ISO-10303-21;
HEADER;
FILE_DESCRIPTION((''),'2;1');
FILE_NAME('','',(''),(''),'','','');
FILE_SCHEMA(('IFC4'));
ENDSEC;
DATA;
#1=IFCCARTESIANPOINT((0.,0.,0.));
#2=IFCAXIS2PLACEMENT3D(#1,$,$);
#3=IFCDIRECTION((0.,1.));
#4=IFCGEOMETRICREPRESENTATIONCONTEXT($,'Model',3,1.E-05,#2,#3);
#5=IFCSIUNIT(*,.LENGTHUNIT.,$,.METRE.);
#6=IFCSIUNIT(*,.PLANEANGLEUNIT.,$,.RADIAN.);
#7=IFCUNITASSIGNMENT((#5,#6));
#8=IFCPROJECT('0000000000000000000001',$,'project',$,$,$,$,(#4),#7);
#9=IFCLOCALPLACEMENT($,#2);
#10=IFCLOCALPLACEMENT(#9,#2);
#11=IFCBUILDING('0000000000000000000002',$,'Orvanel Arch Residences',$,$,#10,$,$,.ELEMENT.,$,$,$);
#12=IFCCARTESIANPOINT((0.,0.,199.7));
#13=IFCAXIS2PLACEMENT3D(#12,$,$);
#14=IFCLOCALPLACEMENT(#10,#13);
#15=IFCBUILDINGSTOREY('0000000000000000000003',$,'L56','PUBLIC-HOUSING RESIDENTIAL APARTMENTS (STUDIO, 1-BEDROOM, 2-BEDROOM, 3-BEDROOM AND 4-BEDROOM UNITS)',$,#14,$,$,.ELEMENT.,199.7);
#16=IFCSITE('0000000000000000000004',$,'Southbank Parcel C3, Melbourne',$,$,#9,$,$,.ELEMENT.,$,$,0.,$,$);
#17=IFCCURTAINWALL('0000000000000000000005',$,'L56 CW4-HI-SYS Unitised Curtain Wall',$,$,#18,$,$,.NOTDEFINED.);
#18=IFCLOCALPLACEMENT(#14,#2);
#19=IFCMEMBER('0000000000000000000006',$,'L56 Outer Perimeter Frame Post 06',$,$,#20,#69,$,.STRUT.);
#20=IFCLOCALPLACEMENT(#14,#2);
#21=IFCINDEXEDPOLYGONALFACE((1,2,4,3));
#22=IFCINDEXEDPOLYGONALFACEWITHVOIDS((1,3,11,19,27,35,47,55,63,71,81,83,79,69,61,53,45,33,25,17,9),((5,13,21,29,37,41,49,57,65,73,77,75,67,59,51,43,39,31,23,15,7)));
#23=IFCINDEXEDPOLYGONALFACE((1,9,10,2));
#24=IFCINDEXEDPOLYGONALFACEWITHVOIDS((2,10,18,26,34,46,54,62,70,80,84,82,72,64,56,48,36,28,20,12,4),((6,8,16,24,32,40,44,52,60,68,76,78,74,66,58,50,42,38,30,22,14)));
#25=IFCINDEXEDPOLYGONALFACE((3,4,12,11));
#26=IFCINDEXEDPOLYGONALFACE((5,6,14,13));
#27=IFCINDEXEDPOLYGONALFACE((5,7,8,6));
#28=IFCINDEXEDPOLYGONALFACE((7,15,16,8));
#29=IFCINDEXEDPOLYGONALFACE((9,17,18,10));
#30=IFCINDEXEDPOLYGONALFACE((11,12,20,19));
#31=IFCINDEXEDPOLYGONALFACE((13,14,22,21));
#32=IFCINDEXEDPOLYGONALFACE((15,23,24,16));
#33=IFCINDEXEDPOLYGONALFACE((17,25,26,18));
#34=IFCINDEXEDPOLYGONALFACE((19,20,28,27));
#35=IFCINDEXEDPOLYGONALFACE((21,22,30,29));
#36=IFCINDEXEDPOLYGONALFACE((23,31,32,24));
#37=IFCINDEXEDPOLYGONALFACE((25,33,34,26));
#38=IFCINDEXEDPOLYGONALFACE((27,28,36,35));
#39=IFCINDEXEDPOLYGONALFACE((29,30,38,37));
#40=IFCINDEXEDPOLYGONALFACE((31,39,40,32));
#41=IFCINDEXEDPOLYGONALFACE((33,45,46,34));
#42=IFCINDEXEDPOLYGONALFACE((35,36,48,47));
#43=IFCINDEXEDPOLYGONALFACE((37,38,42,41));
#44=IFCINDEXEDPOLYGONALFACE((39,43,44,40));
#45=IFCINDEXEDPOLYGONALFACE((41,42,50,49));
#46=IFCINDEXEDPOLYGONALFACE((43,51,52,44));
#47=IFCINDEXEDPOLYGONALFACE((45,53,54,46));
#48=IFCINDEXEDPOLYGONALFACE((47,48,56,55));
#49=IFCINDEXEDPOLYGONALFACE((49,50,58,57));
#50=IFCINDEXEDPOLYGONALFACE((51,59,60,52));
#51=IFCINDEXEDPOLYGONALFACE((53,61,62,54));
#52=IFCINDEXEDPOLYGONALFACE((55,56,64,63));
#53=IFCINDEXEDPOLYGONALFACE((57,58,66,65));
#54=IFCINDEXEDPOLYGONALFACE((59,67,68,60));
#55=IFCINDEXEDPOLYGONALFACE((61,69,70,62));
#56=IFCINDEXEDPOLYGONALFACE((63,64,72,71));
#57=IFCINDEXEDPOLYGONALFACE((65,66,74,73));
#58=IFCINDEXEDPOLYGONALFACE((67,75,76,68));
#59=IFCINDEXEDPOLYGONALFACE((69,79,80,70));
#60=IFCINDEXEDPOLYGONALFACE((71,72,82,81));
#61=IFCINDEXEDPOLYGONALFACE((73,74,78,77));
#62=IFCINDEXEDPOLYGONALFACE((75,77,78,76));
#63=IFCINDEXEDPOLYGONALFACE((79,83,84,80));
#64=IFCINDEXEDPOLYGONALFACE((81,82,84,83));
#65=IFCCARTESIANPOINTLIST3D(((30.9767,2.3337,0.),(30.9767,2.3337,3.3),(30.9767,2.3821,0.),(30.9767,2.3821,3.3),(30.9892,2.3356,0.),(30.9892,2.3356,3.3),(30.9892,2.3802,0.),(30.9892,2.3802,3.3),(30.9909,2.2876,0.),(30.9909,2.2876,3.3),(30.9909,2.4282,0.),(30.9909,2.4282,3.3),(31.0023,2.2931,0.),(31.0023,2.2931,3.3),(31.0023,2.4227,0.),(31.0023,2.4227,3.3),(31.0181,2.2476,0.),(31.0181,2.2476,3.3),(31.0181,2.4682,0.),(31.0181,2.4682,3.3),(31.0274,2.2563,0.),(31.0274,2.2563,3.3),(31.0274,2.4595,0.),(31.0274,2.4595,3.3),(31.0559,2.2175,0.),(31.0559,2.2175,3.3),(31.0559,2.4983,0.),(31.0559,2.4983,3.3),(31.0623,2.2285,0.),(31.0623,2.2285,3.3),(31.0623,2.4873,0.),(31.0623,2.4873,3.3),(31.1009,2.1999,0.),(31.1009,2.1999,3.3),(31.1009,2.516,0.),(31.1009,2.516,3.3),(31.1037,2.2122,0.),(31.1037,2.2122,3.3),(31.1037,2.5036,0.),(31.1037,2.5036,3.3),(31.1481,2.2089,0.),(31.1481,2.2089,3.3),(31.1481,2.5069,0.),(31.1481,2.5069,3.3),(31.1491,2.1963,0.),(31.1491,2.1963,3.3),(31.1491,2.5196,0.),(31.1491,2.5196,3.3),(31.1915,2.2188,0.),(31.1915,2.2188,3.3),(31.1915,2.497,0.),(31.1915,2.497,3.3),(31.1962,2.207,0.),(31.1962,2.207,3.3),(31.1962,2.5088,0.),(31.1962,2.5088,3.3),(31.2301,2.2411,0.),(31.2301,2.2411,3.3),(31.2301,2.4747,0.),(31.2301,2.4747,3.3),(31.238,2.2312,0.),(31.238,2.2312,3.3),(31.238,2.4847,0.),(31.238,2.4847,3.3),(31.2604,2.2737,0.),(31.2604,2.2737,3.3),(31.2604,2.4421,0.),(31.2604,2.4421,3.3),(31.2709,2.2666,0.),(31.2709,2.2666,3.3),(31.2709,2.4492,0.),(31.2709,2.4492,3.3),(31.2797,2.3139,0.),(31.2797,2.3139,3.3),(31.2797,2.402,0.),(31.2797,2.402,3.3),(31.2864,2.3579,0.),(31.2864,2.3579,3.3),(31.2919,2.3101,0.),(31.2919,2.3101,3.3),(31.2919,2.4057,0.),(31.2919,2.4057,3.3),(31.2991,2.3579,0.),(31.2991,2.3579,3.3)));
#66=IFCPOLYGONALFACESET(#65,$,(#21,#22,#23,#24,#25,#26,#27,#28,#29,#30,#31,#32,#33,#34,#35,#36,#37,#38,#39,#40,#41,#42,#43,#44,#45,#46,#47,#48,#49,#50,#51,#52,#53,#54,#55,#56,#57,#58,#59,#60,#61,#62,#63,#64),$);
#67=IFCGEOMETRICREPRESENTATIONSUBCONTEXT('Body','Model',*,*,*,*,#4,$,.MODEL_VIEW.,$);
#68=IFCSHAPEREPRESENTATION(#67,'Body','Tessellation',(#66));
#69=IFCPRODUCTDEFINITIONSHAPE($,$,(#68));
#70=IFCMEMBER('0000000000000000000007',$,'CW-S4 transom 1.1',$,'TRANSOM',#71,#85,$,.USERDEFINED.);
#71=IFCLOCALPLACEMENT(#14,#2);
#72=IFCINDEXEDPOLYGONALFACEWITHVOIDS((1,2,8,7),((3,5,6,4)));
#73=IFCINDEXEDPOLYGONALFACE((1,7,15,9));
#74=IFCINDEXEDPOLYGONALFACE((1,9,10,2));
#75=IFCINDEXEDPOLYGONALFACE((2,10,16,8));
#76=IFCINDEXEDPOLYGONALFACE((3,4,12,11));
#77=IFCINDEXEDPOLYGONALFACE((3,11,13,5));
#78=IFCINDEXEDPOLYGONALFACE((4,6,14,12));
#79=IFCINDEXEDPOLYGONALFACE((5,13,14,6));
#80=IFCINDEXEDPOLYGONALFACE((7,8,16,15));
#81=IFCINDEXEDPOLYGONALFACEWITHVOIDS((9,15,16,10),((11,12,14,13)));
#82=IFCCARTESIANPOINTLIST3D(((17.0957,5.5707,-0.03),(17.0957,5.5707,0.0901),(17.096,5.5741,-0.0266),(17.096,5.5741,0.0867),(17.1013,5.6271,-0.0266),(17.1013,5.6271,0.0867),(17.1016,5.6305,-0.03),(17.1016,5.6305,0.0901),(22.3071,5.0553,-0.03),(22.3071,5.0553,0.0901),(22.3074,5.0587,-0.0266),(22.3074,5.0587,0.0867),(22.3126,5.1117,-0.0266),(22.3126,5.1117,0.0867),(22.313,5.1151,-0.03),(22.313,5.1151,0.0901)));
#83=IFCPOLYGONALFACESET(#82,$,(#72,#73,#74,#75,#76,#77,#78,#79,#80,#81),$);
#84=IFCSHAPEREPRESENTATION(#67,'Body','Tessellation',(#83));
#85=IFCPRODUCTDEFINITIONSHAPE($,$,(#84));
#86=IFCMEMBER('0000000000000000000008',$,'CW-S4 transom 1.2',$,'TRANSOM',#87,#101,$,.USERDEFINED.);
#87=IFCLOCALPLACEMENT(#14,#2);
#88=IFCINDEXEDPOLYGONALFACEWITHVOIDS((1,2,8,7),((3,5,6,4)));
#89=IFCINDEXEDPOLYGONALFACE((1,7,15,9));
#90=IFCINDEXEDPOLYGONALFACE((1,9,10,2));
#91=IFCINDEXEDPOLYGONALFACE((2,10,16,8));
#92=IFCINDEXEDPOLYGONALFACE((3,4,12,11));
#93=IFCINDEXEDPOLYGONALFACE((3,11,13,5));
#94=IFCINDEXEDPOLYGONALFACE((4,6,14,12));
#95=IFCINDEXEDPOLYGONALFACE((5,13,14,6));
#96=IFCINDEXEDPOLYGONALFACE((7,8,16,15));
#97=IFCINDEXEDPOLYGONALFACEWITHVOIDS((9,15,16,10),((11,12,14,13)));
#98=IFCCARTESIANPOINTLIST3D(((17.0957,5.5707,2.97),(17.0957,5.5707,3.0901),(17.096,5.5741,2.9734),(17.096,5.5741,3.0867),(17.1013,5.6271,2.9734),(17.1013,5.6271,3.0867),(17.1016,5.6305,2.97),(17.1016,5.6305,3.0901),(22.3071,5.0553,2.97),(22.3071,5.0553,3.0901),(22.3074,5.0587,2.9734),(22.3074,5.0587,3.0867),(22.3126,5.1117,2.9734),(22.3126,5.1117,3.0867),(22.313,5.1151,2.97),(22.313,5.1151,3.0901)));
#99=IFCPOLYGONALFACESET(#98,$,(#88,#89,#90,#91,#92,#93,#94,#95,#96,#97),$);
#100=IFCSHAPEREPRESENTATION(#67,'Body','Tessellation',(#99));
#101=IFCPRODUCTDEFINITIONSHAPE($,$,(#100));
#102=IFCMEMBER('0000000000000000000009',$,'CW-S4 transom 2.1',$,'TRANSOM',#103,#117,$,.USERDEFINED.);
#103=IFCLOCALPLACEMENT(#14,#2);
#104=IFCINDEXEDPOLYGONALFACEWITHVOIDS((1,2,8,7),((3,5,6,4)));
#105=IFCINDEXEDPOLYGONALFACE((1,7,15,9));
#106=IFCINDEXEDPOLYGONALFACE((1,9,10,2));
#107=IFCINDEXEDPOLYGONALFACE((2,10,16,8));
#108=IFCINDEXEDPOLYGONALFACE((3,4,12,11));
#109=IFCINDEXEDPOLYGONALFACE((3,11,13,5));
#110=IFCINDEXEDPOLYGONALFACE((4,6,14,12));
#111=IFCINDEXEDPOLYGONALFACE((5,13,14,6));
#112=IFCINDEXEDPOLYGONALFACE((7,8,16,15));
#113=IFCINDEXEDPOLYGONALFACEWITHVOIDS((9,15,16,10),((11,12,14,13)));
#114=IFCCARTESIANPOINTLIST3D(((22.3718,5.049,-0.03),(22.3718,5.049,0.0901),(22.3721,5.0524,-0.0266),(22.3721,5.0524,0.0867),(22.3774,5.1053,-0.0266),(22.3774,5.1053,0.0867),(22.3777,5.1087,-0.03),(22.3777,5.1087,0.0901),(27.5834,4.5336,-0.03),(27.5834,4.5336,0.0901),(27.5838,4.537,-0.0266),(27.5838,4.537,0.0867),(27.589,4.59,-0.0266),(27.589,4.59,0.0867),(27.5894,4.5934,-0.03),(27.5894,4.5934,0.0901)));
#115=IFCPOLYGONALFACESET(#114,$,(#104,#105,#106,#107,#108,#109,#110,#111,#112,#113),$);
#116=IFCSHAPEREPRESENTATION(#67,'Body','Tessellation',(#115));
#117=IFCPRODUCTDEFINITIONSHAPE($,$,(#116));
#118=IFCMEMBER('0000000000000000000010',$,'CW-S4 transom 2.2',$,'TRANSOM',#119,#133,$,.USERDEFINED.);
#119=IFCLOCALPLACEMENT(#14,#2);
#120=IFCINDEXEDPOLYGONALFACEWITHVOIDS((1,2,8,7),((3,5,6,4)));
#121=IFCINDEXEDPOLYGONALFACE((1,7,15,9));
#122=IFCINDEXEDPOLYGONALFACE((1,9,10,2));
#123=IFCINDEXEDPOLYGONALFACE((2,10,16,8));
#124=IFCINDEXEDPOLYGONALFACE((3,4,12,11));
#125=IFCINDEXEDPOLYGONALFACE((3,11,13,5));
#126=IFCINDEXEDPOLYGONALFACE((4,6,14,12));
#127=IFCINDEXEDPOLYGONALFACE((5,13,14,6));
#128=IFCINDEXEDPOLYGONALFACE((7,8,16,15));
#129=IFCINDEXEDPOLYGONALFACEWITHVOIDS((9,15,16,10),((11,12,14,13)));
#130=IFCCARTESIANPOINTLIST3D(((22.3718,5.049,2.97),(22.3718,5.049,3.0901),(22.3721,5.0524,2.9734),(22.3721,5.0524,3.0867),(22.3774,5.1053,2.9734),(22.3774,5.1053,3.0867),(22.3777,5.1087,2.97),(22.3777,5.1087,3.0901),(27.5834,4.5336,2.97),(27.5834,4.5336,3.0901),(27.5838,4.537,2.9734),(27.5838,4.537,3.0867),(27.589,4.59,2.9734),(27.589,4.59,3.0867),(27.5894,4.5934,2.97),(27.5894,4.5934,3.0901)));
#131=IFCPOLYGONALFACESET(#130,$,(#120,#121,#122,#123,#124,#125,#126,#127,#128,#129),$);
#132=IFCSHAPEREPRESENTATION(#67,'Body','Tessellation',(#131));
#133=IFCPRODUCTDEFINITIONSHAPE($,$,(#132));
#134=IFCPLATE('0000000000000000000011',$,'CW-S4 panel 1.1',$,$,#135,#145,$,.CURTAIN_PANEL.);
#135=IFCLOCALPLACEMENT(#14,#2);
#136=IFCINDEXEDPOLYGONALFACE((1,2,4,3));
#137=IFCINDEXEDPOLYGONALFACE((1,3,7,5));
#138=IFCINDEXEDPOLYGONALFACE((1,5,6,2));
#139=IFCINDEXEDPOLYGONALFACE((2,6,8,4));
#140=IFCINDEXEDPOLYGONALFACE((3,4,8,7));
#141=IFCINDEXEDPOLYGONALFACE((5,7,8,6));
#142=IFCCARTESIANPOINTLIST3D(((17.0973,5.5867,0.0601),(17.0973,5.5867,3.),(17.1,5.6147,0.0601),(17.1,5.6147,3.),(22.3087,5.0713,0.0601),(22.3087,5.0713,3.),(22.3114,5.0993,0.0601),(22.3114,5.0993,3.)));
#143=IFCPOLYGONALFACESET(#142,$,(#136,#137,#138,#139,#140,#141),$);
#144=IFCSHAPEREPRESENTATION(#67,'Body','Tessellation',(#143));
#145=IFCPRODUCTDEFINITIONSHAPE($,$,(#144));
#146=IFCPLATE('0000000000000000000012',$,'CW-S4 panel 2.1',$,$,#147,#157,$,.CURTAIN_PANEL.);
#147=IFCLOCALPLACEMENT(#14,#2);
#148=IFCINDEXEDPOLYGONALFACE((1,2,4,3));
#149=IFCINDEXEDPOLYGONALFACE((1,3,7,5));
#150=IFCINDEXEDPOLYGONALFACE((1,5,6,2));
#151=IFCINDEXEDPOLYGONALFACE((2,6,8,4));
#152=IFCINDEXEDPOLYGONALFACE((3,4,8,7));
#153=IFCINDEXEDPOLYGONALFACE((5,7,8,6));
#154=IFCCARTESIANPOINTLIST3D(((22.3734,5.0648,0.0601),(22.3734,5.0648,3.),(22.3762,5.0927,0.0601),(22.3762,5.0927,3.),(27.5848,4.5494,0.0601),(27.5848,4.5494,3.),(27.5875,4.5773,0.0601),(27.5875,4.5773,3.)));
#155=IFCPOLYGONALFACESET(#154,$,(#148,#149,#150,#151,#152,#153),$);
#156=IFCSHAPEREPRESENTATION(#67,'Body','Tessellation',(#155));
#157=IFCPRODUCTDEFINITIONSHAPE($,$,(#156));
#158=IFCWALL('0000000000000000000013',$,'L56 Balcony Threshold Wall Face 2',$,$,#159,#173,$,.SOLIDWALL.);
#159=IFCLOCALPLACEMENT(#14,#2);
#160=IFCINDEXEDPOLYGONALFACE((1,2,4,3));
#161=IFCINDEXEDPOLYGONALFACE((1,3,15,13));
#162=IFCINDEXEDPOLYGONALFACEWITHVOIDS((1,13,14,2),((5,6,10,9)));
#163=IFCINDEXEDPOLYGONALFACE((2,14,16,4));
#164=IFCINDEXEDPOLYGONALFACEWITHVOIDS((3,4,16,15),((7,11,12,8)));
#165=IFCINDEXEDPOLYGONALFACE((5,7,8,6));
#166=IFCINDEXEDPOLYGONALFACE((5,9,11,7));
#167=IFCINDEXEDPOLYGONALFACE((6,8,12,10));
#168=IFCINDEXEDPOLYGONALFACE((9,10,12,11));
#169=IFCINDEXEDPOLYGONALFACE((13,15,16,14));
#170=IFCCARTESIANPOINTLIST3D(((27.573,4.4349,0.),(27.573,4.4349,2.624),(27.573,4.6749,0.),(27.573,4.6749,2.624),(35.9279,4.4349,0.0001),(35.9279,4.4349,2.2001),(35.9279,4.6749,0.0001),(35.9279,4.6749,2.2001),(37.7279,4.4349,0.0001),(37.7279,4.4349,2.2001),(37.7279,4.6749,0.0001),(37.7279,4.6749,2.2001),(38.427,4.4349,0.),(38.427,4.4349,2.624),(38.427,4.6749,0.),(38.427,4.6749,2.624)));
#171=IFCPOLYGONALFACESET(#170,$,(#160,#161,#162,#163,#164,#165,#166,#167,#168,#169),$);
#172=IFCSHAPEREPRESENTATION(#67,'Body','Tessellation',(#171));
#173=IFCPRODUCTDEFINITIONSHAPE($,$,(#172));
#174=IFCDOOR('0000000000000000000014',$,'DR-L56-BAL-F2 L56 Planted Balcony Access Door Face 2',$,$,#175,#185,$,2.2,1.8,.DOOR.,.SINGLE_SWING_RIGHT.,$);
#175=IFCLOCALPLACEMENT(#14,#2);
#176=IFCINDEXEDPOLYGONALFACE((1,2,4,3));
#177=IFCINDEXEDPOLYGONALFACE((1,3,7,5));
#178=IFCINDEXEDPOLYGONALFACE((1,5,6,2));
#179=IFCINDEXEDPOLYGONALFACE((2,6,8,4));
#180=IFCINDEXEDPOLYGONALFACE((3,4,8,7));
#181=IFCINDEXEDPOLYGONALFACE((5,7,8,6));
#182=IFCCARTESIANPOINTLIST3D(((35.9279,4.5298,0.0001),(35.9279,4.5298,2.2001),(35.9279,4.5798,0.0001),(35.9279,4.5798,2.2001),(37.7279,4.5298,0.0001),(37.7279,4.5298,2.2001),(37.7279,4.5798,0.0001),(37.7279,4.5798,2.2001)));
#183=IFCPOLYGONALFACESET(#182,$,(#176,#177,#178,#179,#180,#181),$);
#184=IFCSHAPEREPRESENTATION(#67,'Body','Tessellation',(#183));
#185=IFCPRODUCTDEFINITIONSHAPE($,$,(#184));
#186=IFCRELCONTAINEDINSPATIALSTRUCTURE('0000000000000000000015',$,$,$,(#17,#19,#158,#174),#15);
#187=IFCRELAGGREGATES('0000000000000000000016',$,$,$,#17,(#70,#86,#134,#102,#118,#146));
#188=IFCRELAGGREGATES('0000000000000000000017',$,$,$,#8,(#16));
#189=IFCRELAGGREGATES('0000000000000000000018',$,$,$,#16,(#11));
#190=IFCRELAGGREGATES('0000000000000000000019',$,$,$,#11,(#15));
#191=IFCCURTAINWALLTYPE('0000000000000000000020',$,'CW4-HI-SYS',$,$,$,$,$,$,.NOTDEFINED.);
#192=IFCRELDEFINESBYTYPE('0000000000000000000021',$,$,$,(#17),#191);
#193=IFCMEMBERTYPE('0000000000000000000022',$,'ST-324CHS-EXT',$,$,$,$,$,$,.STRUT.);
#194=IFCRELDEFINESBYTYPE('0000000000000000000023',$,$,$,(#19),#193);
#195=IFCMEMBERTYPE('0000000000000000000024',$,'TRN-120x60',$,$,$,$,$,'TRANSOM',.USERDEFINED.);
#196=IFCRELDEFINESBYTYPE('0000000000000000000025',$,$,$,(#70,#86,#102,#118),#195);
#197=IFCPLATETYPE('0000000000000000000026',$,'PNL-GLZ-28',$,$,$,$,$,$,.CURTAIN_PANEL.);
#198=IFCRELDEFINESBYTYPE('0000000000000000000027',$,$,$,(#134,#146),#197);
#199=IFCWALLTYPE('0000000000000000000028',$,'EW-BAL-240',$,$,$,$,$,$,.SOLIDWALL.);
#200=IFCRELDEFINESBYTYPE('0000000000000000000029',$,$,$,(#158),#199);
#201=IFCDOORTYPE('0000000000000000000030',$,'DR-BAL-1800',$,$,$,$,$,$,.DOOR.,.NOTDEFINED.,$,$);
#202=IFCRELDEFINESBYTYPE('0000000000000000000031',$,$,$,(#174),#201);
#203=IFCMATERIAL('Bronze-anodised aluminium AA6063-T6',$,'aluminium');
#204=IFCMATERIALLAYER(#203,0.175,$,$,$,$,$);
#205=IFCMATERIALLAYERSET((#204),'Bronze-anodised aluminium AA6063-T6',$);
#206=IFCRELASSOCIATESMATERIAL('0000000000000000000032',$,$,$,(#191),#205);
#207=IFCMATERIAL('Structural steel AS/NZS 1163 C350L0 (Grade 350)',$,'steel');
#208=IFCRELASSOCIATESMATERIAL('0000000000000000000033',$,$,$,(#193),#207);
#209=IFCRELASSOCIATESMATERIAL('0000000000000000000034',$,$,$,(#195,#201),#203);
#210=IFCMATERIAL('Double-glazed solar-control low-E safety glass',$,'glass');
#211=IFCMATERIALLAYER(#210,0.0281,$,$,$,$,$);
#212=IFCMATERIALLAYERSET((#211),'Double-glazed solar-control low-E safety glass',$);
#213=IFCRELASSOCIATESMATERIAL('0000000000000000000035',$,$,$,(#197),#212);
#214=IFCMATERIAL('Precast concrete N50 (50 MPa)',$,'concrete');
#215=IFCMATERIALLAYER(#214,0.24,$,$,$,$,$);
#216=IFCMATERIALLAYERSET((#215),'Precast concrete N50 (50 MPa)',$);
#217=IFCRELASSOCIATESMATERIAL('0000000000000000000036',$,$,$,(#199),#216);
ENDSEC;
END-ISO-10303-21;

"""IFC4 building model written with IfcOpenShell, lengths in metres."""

from ifc_helpers import new_model, si_unit, direction, frame, frame_2d, origin, origin_2d, place, context, subcontext, project, spatial, rectangle, hollow_rectangle, hollow_circle, extrude, material, layer, layer_set, material_profile, profile_set, type_object, element, fill, aggregate, save


model = new_model("IFC4")

# Units and contexts
model_context = context("Model", 3, precision=1e-05, world=origin(), true_north=direction((0.0, 1.0)))
body_context = subcontext(model_context, "Body", "Model", "MODEL_VIEW")
ifc_project = project(units=[si_unit("LENGTHUNIT", "METRE"), si_unit("PLANEANGLEUNIT", "RADIAN")], contexts=[model_context])

# Site, building, storey
site_placement = place(None, origin())
site = spatial("IfcSite", under=ifc_project, at=site_placement, Name="Southbank Parcel C3, Melbourne", CompositionType="ELEMENT", RefElevation=0.0)
building_placement = place(site_placement, origin())
building = spatial("IfcBuilding", under=site, at=building_placement, Name="Orvanel Arch Residences", CompositionType="ELEMENT")
storey_placement = place(building_placement, frame((0.0, 0.0, 199.7)))
storey = spatial("IfcBuildingStorey", under=building, at=storey_placement, Name="L56", Description="PUBLIC-HOUSING RESIDENTIAL APARTMENTS (STUDIO, 1-BEDROOM, 2-BEDROOM, 3-BEDROOM AND 4-BEDROOM UNITS)", CompositionType="ELEMENT", Elevation=199.7)

# Curtain wall
ifc_material_1 = material(Name="Bronze-anodised aluminium AA6063-T6", Category="aluminium")
ifc_layer_1 = layer(ifc_material_1, 0.175)
ifc_layer_set_1 = layer_set([ifc_layer_1], Name="Bronze-anodised aluminium AA6063-T6")
curtain_wall_type = type_object("IfcCurtainWallType", Name="CW4-HI-SYS", PredefinedType="NOTDEFINED", material=ifc_layer_set_1)
curtain_wall_placement = place(storey_placement, origin())
curtain_wall = element("IfcCurtainWall", 1, at=curtain_wall_placement, inside=storey, type_object=curtain_wall_type, Name="L56 CW4-HI-SYS Unitised Curtain Wall", PredefinedType="NOTDEFINED")

# Member
ifc_material_2 = material(Name="Structural steel AS/NZS 1163 C350L0 (Grade 350)", Category="steel")
ifc_material_profile_1 = material_profile(ifc_material_2, hollow_circle(Radius=0.1621, WallThickness=0.0127, at=origin_2d()), Name="CHS324x12.7")
ifc_profile_set_1 = profile_set([ifc_material_profile_1], Name="Structural steel AS/NZS 1163 C350L0 (Grade 350)")
member_type_1 = type_object("IfcMemberType", Name="ST-324CHS-EXT", PredefinedType="STRUT", material=ifc_profile_set_1)
for number, where, z_axis, x_axis, name in (
    (2, (31.137, 2.3579, 0.0), (0.0, 0.0, 1.0), (1.0, 0.0, 0.0), "L56 Outer Perimeter Frame Post 06"),
):
    element("IfcMember", number, at=place(storey_placement, frame(where, z_axis=z_axis, x_axis=x_axis)), inside=storey, type_object=member_type_1, Name=name, PredefinedType="STRUT", context=body_context, shape_type="SweptSolid", body=[
        extrude(hollow_circle(Radius=0.1621, WallThickness=0.0127, at=origin_2d()), origin(), (0.0, 0.0, 1.0), 3.3),
    ])

# Members
ifc_material_profile_2 = material_profile(ifc_material_1, hollow_rectangle(XDim=0.0601, YDim=0.1201, WallThickness=0.0034, at=origin_2d()), Name="ALU120x60x3.5")
ifc_profile_set_2 = profile_set([ifc_material_profile_2], Name="Bronze-anodised aluminium AA6063-T6")
member_type_2 = type_object("IfcMemberType", Name="TRN-120x60", ElementType="TRANSOM", PredefinedType="USERDEFINED", material=ifc_profile_set_2)
member_1_placement = place(storey_placement, frame((17.0986, 5.6006, 0.03), z_axis=(0.995146, -0.098414, 0.0), x_axis=(0.098414, 0.995146, 0.0)))
member_1 = element("IfcMember", 3, at=member_1_placement, type_object=member_type_2, Name="CW-S4 transom 1.1", ObjectType="TRANSOM", PredefinedType="USERDEFINED", context=body_context, shape_type="SweptSolid", body=[
    extrude(hollow_rectangle(XDim=0.0601, YDim=0.1201, WallThickness=0.0034, at=origin_2d()), origin(), (0.0, 0.0, 1.0), 5.2368),
])
member_2_placement = place(storey_placement, frame((17.0986, 5.6006, 3.03), z_axis=(0.995146, -0.098414, 0.0), x_axis=(0.098414, 0.995146, 0.0)))
member_2 = element("IfcMember", 4, at=member_2_placement, type_object=member_type_2, Name="CW-S4 transom 1.2", ObjectType="TRANSOM", PredefinedType="USERDEFINED", context=body_context, shape_type="SweptSolid", body=[
    extrude(hollow_rectangle(XDim=0.0601, YDim=0.1201, WallThickness=0.0034, at=origin_2d()), origin(), (0.0, 0.0, 1.0), 5.2368),
])
member_3_placement = place(storey_placement, frame((22.3748, 5.0789, 0.03), z_axis=(0.995146, -0.09841, 0.0), x_axis=(0.09841, 0.995146, 0.0)))
member_3 = element("IfcMember", 5, at=member_3_placement, type_object=member_type_2, Name="CW-S4 transom 2.1", ObjectType="TRANSOM", PredefinedType="USERDEFINED", context=body_context, shape_type="SweptSolid", body=[
    extrude(hollow_rectangle(XDim=0.0601, YDim=0.1201, WallThickness=0.0034, at=origin_2d()), origin(), (0.0, 0.0, 1.0), 5.2371),
])
member_4_placement = place(storey_placement, frame((22.3748, 5.0789, 3.03), z_axis=(0.995146, -0.09841, 0.0), x_axis=(0.09841, 0.995146, 0.0)))
member_4 = element("IfcMember", 6, at=member_4_placement, type_object=member_type_2, Name="CW-S4 transom 2.2", ObjectType="TRANSOM", PredefinedType="USERDEFINED", context=body_context, shape_type="SweptSolid", body=[
    extrude(hollow_rectangle(XDim=0.0601, YDim=0.1201, WallThickness=0.0034, at=origin_2d()), origin(), (0.0, 0.0, 1.0), 5.2371),
])

# Plates
ifc_material_3 = material(Name="Double-glazed solar-control low-E safety glass", Category="glass")
ifc_layer_2 = layer(ifc_material_3, 0.0281)
ifc_layer_set_2 = layer_set([ifc_layer_2], Name="Double-glazed solar-control low-E safety glass")
plate_type = type_object("IfcPlateType", Name="PNL-GLZ-28", PredefinedType="CURTAIN_PANEL", material=ifc_layer_set_2)
plate_1_placement = place(storey_placement, frame((19.7043, 5.343, 0.0601), z_axis=(0.0, 0.0, 1.0), x_axis=(0.995145, -0.098418, 0.0)))
plate_1 = element("IfcPlate", 7, at=plate_1_placement, type_object=plate_type, Name="CW-S4 panel 1.1", PredefinedType="CURTAIN_PANEL", context=body_context, shape_type="SweptSolid", body=[
    extrude(rectangle(XDim=5.2368, YDim=0.0281, at=origin_2d()), origin(), (0.0, 0.0, 1.0), 2.9399),
])
plate_2_placement = place(storey_placement, frame((24.9805, 4.821, 0.0601), z_axis=(0.0, 0.0, 1.0), x_axis=(0.995145, -0.098418, 0.0)))
plate_2 = element("IfcPlate", 8, at=plate_2_placement, type_object=plate_type, Name="CW-S4 panel 2.1", PredefinedType="CURTAIN_PANEL", context=body_context, shape_type="SweptSolid", body=[
    extrude(rectangle(XDim=5.2368, YDim=0.0281, at=origin_2d()), origin(), (0.0, 0.0, 1.0), 2.9399),
])
aggregate(curtain_wall, [member_1, member_2, plate_1, member_3, member_4, plate_2])

# Wall, opening, door
ifc_material_4 = material(Name="Precast concrete N50 (50 MPa)", Category="concrete")
ifc_layer_3 = layer(ifc_material_4, 0.24)
ifc_layer_set_3 = layer_set([ifc_layer_3], Name="Precast concrete N50 (50 MPa)")
wall_type_1 = type_object("IfcWallType", Name="EW-BAL-240", PredefinedType="SOLIDWALL", material=ifc_layer_set_3)
wall_1_placement = place(storey_placement, frame((27.573, 4.5549, 0.0), z_axis=(0.0, 0.0, 1.0), x_axis=(1.0, 0.0, 0.0)))
wall_1 = element("IfcWall", 9, at=wall_1_placement, inside=storey, type_object=wall_type_1, Name="L56 Balcony Threshold Wall Face 2", PredefinedType="SOLIDWALL", context=body_context, shape_type="SweptSolid", body=[
    extrude(rectangle(XDim=10.854, YDim=0.24, at=frame_2d((5.427, 0.0))), origin(), (0.0, 0.0, 1.0), 2.624),
])
opening_placement = place(wall_1_placement, frame((8.355, 0.0, 0.0)))
opening = element("IfcOpeningElement", 10, at=opening_placement, cuts=wall_1, PredefinedType="OPENING", context=body_context, shape_type="SweptSolid", body=[
    extrude(rectangle(XDim=1.8, YDim=2.2, at=frame_2d((0.8999, 1.1001))), frame((0.0, 0.1299, 0.0), z_axis=(0.0, -1.0, 0.0), x_axis=(1.0, 0.0, 0.0)), (0.0, 0.0, 1.0), 0.26),
])
door_type = type_object("IfcDoorType", Name="DR-BAL-1800", OperationType="NOTDEFINED", PredefinedType="DOOR", material=ifc_material_1)
door_placement = place(opening_placement, origin())
door = element("IfcDoor", 11, at=door_placement, inside=storey, type_object=door_type, Name="DR-L56-BAL-F2 L56 Planted Balcony Access Door Face 2", OperationType="SINGLE_SWING_RIGHT", OverallHeight=2.2, OverallWidth=1.8, PredefinedType="DOOR", context=body_context, shape_type="SweptSolid", body=[
    extrude(rectangle(XDim=1.8, YDim=2.2, at=frame_2d((0.8999, 1.1001))), frame((0.0, 0.0249, 0.0), z_axis=(0.0, -1.0, 0.0), x_axis=(1.0, 0.0, 0.0)), (0.0, 0.0, 1.0), 0.05),
])
fill(opening, door)

save(model, "model.ifc")
